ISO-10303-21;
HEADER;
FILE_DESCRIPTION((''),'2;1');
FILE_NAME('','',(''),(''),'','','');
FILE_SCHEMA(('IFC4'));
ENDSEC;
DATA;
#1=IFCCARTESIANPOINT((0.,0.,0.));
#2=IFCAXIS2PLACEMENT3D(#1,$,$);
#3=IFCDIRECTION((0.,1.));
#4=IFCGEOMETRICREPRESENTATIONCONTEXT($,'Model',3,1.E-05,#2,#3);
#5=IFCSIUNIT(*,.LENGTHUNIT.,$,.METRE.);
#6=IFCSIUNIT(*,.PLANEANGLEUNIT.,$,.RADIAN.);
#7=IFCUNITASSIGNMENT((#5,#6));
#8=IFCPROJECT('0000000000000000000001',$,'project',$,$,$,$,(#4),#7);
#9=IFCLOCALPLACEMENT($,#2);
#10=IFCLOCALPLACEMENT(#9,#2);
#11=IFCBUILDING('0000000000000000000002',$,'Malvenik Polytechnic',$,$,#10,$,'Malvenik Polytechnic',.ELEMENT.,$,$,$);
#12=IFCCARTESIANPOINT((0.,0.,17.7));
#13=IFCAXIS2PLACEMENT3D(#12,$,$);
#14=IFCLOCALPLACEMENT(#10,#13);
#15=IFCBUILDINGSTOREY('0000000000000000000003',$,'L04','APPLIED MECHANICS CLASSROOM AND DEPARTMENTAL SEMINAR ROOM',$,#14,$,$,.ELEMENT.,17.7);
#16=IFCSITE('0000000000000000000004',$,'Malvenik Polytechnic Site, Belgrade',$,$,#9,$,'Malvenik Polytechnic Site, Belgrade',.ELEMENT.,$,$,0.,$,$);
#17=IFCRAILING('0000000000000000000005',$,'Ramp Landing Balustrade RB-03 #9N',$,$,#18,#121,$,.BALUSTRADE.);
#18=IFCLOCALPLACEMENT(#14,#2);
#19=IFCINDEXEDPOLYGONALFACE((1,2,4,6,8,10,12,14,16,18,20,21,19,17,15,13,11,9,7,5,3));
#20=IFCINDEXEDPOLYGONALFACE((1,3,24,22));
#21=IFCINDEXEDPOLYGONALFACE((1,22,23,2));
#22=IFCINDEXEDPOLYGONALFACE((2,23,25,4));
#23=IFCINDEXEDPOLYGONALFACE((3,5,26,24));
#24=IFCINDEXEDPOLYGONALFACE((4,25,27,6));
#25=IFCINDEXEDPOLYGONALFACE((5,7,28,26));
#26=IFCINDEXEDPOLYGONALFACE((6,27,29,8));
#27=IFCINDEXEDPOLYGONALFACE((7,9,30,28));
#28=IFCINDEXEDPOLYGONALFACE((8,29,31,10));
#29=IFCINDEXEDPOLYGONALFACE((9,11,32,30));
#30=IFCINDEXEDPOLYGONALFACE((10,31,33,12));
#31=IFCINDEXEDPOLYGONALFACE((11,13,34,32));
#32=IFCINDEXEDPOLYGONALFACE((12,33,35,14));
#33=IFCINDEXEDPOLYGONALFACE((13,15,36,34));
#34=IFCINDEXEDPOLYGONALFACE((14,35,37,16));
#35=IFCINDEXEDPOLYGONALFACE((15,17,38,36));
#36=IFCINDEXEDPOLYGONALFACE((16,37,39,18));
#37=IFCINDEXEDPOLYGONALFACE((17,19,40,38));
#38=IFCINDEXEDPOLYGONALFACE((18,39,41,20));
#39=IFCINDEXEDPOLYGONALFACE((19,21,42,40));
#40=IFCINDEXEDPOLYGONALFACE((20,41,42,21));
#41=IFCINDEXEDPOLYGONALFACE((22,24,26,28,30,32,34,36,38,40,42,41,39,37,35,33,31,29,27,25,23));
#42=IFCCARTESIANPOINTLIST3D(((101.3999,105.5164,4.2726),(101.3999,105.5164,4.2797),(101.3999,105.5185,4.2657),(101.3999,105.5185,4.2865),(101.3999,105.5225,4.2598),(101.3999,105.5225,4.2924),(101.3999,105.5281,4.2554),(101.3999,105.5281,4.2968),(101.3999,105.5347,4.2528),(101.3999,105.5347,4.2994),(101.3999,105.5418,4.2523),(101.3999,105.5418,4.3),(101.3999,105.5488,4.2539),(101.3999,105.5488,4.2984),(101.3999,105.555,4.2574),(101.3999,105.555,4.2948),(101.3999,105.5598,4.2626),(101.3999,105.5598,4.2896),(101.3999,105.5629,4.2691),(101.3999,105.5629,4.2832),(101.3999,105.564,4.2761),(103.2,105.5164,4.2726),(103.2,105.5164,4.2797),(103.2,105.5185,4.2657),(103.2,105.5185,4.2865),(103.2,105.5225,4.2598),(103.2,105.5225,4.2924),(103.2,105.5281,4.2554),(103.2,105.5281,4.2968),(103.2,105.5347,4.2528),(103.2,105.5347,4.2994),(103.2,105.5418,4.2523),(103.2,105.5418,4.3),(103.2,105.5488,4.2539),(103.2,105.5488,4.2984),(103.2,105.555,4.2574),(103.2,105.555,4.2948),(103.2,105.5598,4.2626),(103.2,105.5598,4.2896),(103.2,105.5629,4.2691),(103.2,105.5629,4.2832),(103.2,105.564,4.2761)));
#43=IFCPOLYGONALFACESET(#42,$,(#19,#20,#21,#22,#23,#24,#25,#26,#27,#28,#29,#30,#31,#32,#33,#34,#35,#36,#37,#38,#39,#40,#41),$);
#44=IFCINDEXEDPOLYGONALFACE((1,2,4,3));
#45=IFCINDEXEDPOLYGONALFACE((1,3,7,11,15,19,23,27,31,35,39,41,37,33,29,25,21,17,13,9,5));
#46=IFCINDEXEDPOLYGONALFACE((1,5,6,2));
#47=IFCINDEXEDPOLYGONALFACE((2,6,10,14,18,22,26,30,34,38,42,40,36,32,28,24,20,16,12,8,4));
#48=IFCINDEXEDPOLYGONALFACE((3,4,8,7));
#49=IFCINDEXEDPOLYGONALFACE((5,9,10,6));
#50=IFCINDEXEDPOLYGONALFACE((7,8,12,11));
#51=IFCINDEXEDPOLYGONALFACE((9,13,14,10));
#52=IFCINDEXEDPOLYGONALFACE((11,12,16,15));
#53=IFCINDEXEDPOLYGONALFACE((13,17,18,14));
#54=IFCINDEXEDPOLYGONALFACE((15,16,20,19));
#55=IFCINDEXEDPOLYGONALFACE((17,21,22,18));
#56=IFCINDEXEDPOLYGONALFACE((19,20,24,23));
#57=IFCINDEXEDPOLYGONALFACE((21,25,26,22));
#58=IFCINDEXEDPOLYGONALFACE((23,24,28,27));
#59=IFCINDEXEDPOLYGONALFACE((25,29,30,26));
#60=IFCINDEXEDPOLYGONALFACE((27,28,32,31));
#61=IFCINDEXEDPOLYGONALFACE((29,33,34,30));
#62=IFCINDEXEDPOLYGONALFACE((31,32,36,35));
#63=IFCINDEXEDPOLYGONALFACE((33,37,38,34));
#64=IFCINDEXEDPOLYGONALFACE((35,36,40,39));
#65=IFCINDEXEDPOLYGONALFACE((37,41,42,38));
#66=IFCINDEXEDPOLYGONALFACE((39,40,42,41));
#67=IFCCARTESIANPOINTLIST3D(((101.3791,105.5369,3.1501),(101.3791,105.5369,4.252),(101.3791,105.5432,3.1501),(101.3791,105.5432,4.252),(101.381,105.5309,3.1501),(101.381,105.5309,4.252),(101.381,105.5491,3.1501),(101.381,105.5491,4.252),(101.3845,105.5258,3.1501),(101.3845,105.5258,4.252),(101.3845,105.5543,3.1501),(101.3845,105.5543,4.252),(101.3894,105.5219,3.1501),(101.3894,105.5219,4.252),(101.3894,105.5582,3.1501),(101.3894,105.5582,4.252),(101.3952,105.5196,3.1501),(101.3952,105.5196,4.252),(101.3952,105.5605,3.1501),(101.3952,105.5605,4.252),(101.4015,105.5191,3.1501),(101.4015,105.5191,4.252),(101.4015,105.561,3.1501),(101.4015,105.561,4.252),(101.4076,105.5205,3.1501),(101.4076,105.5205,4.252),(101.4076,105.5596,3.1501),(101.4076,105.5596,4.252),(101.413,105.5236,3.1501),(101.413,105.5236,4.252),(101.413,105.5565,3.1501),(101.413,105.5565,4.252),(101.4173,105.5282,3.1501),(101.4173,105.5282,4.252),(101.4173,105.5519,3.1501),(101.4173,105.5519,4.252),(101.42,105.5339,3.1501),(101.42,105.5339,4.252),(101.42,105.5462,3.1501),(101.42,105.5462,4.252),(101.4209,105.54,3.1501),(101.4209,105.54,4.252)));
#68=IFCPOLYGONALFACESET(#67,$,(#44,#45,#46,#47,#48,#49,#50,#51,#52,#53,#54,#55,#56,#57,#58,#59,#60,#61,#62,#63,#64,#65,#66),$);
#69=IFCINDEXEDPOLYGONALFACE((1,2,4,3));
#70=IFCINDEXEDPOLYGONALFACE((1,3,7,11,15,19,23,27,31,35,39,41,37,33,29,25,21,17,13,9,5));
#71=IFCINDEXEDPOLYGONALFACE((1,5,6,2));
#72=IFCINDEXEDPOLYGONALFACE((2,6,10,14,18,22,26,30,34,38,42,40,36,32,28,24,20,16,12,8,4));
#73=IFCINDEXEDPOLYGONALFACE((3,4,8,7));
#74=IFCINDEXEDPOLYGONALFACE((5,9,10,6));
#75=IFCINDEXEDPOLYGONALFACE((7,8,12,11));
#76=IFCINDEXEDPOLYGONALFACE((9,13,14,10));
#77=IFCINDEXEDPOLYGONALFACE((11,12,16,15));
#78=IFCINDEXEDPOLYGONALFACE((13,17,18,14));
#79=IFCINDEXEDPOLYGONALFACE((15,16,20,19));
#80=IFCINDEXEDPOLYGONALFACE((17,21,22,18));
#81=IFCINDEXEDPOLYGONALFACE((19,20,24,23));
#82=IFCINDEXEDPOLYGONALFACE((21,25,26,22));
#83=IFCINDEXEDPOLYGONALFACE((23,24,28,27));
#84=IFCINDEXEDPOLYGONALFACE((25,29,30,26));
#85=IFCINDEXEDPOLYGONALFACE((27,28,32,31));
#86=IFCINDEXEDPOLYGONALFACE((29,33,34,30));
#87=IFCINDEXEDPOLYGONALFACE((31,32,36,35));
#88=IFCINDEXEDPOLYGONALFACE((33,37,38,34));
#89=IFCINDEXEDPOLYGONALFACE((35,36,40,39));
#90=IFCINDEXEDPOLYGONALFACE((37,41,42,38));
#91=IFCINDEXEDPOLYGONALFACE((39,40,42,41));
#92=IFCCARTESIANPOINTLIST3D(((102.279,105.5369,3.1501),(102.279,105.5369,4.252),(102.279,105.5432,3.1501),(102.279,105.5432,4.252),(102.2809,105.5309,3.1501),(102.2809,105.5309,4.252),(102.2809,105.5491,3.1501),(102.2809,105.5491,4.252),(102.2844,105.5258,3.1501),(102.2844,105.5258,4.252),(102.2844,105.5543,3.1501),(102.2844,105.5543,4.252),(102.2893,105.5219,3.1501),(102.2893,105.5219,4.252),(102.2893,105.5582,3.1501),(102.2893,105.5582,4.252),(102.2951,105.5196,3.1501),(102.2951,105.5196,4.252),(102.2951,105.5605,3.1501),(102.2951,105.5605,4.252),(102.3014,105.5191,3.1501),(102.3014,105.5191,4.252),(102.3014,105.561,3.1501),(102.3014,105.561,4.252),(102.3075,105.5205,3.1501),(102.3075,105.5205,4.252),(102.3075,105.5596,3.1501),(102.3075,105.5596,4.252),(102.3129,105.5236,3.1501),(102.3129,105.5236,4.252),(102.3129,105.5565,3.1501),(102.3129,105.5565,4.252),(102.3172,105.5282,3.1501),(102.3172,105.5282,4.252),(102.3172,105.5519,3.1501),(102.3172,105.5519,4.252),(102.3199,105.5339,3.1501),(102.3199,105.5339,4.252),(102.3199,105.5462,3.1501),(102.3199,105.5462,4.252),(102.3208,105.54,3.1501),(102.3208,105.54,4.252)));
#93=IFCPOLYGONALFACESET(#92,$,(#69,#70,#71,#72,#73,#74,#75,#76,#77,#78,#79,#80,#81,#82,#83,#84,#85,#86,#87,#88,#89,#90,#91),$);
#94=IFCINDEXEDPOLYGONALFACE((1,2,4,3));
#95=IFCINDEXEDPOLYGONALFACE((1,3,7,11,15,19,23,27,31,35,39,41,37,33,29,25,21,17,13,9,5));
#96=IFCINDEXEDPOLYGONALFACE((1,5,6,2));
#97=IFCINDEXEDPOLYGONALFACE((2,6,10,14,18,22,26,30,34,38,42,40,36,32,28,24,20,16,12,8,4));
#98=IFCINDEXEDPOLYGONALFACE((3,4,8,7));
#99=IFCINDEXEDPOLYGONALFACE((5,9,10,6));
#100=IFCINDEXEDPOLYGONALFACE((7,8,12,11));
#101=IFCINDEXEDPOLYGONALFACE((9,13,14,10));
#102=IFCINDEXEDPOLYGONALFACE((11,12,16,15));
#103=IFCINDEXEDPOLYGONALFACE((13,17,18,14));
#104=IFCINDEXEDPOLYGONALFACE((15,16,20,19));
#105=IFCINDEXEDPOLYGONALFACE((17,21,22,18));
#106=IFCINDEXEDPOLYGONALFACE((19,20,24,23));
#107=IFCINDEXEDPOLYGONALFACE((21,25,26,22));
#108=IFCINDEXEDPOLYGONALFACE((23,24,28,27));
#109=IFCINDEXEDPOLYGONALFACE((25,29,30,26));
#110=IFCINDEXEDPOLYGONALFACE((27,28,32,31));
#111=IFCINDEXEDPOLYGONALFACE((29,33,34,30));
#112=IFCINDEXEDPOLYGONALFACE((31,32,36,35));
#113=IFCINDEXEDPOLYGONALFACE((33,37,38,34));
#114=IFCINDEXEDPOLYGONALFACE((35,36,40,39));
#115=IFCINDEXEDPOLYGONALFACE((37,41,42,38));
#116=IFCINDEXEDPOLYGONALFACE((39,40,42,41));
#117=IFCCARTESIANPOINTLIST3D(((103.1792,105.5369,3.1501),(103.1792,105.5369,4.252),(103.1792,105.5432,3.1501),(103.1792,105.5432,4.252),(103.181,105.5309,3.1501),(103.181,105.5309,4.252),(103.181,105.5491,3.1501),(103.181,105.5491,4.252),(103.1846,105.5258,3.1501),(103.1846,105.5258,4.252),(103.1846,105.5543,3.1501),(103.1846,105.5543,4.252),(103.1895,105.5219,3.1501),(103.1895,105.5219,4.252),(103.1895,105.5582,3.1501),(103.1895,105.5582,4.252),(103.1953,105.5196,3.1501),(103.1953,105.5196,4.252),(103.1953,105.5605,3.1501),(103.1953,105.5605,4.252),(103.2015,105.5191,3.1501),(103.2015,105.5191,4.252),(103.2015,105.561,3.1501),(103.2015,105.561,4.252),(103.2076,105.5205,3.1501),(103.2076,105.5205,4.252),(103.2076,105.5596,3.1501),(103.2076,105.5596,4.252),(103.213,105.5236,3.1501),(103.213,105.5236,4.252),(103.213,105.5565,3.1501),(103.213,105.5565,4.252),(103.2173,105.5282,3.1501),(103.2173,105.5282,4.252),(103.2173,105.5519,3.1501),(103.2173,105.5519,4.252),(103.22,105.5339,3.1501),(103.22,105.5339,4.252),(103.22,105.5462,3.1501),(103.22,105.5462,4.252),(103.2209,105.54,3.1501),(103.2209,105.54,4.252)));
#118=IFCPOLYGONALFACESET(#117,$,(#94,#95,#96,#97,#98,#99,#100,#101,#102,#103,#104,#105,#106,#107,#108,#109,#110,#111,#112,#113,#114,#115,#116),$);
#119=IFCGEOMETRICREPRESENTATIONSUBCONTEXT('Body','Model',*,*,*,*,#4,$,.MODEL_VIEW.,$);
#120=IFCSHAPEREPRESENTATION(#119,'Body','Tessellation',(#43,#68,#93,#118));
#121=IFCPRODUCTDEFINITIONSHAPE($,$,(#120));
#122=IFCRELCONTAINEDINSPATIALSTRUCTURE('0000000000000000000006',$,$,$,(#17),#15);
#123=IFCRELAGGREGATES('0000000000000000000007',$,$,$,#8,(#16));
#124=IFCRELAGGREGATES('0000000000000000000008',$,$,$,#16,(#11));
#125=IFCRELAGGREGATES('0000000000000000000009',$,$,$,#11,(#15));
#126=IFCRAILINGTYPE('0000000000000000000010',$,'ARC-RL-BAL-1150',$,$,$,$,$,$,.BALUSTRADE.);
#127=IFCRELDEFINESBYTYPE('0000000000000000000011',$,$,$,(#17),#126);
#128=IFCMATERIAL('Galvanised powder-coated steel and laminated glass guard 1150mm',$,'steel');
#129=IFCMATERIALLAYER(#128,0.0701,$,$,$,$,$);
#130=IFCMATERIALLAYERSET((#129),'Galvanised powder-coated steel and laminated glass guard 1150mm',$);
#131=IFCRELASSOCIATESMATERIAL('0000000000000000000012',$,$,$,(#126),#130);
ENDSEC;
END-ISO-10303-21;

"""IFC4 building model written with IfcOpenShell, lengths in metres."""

from ifc_helpers import new_model, si_unit, direction, frame, origin, origin_2d, place, context, subcontext, project, spatial, circle, extrude, material, layer, layer_set, type_object, element, save


model = new_model("IFC4")

# Units and contexts
model_context = context("Model", 3, precision=1e-05, world=origin(), true_north=direction((0.0, 1.0)))
body_context = subcontext(model_context, "Body", "Model", "MODEL_VIEW")
ifc_project = project(units=[si_unit("LENGTHUNIT", "METRE"), si_unit("PLANEANGLEUNIT", "RADIAN")], contexts=[model_context])

# Site, building, storey
site_placement = place(None, origin())
site = spatial("IfcSite", under=ifc_project, at=site_placement, Name="Malvenik Polytechnic Site, Belgrade", LongName="Malvenik Polytechnic Site, Belgrade", CompositionType="ELEMENT", RefElevation=0.0)
building_placement = place(site_placement, origin())
building = spatial("IfcBuilding", under=site, at=building_placement, Name="Malvenik Polytechnic", LongName="Malvenik Polytechnic", CompositionType="ELEMENT")
storey_placement = place(building_placement, frame((0.0, 0.0, 17.7)))
storey = spatial("IfcBuildingStorey", under=building, at=storey_placement, Name="L04", Description="APPLIED MECHANICS CLASSROOM AND DEPARTMENTAL SEMINAR ROOM", CompositionType="ELEMENT", Elevation=17.7)

# Railing
ifc_material_1 = material(Name="Galvanised powder-coated steel and laminated glass guard 1150mm", Category="steel")
ifc_layer_1 = layer(ifc_material_1, 0.0701)
ifc_layer_set_1 = layer_set([ifc_layer_1], Name="Galvanised powder-coated steel and laminated glass guard 1150mm")
railing_type_1 = type_object("IfcRailingType", Name="ARC-RL-BAL-1150", PredefinedType="BALUSTRADE", material=ifc_layer_set_1)
railing_1_placement = place(storey_placement, frame((101.3999, 105.54, 3.1501)))
element("IfcRailing", 1, at=railing_1_placement, inside=storey, type_object=railing_type_1, Name="Ramp Landing Balustrade RB-03 #9N", PredefinedType="BALUSTRADE", context=body_context, shape_type="SweptSolid", body=[
    extrude(circle(Radius=0.0239, at=origin_2d()), frame((0.0, 0.0, 1.126), z_axis=(1.0, 0.0, 0.0), x_axis=(0.0, 1.0, 0.0)), (0.0, 0.0, 1.0), 1.8),
    extrude(circle(Radius=0.021, at=origin_2d()), origin(), (0.0, 0.0, 1.0), 1.1018),
    extrude(circle(Radius=0.021, at=origin_2d()), frame((0.8999, 0.0, 0.0)), (0.0, 0.0, 1.0), 1.1018),
    extrude(circle(Radius=0.021, at=origin_2d()), frame((1.8, 0.0, 0.0)), (0.0, 0.0, 1.0), 1.1018),
])

save(model, "model.ifc")
